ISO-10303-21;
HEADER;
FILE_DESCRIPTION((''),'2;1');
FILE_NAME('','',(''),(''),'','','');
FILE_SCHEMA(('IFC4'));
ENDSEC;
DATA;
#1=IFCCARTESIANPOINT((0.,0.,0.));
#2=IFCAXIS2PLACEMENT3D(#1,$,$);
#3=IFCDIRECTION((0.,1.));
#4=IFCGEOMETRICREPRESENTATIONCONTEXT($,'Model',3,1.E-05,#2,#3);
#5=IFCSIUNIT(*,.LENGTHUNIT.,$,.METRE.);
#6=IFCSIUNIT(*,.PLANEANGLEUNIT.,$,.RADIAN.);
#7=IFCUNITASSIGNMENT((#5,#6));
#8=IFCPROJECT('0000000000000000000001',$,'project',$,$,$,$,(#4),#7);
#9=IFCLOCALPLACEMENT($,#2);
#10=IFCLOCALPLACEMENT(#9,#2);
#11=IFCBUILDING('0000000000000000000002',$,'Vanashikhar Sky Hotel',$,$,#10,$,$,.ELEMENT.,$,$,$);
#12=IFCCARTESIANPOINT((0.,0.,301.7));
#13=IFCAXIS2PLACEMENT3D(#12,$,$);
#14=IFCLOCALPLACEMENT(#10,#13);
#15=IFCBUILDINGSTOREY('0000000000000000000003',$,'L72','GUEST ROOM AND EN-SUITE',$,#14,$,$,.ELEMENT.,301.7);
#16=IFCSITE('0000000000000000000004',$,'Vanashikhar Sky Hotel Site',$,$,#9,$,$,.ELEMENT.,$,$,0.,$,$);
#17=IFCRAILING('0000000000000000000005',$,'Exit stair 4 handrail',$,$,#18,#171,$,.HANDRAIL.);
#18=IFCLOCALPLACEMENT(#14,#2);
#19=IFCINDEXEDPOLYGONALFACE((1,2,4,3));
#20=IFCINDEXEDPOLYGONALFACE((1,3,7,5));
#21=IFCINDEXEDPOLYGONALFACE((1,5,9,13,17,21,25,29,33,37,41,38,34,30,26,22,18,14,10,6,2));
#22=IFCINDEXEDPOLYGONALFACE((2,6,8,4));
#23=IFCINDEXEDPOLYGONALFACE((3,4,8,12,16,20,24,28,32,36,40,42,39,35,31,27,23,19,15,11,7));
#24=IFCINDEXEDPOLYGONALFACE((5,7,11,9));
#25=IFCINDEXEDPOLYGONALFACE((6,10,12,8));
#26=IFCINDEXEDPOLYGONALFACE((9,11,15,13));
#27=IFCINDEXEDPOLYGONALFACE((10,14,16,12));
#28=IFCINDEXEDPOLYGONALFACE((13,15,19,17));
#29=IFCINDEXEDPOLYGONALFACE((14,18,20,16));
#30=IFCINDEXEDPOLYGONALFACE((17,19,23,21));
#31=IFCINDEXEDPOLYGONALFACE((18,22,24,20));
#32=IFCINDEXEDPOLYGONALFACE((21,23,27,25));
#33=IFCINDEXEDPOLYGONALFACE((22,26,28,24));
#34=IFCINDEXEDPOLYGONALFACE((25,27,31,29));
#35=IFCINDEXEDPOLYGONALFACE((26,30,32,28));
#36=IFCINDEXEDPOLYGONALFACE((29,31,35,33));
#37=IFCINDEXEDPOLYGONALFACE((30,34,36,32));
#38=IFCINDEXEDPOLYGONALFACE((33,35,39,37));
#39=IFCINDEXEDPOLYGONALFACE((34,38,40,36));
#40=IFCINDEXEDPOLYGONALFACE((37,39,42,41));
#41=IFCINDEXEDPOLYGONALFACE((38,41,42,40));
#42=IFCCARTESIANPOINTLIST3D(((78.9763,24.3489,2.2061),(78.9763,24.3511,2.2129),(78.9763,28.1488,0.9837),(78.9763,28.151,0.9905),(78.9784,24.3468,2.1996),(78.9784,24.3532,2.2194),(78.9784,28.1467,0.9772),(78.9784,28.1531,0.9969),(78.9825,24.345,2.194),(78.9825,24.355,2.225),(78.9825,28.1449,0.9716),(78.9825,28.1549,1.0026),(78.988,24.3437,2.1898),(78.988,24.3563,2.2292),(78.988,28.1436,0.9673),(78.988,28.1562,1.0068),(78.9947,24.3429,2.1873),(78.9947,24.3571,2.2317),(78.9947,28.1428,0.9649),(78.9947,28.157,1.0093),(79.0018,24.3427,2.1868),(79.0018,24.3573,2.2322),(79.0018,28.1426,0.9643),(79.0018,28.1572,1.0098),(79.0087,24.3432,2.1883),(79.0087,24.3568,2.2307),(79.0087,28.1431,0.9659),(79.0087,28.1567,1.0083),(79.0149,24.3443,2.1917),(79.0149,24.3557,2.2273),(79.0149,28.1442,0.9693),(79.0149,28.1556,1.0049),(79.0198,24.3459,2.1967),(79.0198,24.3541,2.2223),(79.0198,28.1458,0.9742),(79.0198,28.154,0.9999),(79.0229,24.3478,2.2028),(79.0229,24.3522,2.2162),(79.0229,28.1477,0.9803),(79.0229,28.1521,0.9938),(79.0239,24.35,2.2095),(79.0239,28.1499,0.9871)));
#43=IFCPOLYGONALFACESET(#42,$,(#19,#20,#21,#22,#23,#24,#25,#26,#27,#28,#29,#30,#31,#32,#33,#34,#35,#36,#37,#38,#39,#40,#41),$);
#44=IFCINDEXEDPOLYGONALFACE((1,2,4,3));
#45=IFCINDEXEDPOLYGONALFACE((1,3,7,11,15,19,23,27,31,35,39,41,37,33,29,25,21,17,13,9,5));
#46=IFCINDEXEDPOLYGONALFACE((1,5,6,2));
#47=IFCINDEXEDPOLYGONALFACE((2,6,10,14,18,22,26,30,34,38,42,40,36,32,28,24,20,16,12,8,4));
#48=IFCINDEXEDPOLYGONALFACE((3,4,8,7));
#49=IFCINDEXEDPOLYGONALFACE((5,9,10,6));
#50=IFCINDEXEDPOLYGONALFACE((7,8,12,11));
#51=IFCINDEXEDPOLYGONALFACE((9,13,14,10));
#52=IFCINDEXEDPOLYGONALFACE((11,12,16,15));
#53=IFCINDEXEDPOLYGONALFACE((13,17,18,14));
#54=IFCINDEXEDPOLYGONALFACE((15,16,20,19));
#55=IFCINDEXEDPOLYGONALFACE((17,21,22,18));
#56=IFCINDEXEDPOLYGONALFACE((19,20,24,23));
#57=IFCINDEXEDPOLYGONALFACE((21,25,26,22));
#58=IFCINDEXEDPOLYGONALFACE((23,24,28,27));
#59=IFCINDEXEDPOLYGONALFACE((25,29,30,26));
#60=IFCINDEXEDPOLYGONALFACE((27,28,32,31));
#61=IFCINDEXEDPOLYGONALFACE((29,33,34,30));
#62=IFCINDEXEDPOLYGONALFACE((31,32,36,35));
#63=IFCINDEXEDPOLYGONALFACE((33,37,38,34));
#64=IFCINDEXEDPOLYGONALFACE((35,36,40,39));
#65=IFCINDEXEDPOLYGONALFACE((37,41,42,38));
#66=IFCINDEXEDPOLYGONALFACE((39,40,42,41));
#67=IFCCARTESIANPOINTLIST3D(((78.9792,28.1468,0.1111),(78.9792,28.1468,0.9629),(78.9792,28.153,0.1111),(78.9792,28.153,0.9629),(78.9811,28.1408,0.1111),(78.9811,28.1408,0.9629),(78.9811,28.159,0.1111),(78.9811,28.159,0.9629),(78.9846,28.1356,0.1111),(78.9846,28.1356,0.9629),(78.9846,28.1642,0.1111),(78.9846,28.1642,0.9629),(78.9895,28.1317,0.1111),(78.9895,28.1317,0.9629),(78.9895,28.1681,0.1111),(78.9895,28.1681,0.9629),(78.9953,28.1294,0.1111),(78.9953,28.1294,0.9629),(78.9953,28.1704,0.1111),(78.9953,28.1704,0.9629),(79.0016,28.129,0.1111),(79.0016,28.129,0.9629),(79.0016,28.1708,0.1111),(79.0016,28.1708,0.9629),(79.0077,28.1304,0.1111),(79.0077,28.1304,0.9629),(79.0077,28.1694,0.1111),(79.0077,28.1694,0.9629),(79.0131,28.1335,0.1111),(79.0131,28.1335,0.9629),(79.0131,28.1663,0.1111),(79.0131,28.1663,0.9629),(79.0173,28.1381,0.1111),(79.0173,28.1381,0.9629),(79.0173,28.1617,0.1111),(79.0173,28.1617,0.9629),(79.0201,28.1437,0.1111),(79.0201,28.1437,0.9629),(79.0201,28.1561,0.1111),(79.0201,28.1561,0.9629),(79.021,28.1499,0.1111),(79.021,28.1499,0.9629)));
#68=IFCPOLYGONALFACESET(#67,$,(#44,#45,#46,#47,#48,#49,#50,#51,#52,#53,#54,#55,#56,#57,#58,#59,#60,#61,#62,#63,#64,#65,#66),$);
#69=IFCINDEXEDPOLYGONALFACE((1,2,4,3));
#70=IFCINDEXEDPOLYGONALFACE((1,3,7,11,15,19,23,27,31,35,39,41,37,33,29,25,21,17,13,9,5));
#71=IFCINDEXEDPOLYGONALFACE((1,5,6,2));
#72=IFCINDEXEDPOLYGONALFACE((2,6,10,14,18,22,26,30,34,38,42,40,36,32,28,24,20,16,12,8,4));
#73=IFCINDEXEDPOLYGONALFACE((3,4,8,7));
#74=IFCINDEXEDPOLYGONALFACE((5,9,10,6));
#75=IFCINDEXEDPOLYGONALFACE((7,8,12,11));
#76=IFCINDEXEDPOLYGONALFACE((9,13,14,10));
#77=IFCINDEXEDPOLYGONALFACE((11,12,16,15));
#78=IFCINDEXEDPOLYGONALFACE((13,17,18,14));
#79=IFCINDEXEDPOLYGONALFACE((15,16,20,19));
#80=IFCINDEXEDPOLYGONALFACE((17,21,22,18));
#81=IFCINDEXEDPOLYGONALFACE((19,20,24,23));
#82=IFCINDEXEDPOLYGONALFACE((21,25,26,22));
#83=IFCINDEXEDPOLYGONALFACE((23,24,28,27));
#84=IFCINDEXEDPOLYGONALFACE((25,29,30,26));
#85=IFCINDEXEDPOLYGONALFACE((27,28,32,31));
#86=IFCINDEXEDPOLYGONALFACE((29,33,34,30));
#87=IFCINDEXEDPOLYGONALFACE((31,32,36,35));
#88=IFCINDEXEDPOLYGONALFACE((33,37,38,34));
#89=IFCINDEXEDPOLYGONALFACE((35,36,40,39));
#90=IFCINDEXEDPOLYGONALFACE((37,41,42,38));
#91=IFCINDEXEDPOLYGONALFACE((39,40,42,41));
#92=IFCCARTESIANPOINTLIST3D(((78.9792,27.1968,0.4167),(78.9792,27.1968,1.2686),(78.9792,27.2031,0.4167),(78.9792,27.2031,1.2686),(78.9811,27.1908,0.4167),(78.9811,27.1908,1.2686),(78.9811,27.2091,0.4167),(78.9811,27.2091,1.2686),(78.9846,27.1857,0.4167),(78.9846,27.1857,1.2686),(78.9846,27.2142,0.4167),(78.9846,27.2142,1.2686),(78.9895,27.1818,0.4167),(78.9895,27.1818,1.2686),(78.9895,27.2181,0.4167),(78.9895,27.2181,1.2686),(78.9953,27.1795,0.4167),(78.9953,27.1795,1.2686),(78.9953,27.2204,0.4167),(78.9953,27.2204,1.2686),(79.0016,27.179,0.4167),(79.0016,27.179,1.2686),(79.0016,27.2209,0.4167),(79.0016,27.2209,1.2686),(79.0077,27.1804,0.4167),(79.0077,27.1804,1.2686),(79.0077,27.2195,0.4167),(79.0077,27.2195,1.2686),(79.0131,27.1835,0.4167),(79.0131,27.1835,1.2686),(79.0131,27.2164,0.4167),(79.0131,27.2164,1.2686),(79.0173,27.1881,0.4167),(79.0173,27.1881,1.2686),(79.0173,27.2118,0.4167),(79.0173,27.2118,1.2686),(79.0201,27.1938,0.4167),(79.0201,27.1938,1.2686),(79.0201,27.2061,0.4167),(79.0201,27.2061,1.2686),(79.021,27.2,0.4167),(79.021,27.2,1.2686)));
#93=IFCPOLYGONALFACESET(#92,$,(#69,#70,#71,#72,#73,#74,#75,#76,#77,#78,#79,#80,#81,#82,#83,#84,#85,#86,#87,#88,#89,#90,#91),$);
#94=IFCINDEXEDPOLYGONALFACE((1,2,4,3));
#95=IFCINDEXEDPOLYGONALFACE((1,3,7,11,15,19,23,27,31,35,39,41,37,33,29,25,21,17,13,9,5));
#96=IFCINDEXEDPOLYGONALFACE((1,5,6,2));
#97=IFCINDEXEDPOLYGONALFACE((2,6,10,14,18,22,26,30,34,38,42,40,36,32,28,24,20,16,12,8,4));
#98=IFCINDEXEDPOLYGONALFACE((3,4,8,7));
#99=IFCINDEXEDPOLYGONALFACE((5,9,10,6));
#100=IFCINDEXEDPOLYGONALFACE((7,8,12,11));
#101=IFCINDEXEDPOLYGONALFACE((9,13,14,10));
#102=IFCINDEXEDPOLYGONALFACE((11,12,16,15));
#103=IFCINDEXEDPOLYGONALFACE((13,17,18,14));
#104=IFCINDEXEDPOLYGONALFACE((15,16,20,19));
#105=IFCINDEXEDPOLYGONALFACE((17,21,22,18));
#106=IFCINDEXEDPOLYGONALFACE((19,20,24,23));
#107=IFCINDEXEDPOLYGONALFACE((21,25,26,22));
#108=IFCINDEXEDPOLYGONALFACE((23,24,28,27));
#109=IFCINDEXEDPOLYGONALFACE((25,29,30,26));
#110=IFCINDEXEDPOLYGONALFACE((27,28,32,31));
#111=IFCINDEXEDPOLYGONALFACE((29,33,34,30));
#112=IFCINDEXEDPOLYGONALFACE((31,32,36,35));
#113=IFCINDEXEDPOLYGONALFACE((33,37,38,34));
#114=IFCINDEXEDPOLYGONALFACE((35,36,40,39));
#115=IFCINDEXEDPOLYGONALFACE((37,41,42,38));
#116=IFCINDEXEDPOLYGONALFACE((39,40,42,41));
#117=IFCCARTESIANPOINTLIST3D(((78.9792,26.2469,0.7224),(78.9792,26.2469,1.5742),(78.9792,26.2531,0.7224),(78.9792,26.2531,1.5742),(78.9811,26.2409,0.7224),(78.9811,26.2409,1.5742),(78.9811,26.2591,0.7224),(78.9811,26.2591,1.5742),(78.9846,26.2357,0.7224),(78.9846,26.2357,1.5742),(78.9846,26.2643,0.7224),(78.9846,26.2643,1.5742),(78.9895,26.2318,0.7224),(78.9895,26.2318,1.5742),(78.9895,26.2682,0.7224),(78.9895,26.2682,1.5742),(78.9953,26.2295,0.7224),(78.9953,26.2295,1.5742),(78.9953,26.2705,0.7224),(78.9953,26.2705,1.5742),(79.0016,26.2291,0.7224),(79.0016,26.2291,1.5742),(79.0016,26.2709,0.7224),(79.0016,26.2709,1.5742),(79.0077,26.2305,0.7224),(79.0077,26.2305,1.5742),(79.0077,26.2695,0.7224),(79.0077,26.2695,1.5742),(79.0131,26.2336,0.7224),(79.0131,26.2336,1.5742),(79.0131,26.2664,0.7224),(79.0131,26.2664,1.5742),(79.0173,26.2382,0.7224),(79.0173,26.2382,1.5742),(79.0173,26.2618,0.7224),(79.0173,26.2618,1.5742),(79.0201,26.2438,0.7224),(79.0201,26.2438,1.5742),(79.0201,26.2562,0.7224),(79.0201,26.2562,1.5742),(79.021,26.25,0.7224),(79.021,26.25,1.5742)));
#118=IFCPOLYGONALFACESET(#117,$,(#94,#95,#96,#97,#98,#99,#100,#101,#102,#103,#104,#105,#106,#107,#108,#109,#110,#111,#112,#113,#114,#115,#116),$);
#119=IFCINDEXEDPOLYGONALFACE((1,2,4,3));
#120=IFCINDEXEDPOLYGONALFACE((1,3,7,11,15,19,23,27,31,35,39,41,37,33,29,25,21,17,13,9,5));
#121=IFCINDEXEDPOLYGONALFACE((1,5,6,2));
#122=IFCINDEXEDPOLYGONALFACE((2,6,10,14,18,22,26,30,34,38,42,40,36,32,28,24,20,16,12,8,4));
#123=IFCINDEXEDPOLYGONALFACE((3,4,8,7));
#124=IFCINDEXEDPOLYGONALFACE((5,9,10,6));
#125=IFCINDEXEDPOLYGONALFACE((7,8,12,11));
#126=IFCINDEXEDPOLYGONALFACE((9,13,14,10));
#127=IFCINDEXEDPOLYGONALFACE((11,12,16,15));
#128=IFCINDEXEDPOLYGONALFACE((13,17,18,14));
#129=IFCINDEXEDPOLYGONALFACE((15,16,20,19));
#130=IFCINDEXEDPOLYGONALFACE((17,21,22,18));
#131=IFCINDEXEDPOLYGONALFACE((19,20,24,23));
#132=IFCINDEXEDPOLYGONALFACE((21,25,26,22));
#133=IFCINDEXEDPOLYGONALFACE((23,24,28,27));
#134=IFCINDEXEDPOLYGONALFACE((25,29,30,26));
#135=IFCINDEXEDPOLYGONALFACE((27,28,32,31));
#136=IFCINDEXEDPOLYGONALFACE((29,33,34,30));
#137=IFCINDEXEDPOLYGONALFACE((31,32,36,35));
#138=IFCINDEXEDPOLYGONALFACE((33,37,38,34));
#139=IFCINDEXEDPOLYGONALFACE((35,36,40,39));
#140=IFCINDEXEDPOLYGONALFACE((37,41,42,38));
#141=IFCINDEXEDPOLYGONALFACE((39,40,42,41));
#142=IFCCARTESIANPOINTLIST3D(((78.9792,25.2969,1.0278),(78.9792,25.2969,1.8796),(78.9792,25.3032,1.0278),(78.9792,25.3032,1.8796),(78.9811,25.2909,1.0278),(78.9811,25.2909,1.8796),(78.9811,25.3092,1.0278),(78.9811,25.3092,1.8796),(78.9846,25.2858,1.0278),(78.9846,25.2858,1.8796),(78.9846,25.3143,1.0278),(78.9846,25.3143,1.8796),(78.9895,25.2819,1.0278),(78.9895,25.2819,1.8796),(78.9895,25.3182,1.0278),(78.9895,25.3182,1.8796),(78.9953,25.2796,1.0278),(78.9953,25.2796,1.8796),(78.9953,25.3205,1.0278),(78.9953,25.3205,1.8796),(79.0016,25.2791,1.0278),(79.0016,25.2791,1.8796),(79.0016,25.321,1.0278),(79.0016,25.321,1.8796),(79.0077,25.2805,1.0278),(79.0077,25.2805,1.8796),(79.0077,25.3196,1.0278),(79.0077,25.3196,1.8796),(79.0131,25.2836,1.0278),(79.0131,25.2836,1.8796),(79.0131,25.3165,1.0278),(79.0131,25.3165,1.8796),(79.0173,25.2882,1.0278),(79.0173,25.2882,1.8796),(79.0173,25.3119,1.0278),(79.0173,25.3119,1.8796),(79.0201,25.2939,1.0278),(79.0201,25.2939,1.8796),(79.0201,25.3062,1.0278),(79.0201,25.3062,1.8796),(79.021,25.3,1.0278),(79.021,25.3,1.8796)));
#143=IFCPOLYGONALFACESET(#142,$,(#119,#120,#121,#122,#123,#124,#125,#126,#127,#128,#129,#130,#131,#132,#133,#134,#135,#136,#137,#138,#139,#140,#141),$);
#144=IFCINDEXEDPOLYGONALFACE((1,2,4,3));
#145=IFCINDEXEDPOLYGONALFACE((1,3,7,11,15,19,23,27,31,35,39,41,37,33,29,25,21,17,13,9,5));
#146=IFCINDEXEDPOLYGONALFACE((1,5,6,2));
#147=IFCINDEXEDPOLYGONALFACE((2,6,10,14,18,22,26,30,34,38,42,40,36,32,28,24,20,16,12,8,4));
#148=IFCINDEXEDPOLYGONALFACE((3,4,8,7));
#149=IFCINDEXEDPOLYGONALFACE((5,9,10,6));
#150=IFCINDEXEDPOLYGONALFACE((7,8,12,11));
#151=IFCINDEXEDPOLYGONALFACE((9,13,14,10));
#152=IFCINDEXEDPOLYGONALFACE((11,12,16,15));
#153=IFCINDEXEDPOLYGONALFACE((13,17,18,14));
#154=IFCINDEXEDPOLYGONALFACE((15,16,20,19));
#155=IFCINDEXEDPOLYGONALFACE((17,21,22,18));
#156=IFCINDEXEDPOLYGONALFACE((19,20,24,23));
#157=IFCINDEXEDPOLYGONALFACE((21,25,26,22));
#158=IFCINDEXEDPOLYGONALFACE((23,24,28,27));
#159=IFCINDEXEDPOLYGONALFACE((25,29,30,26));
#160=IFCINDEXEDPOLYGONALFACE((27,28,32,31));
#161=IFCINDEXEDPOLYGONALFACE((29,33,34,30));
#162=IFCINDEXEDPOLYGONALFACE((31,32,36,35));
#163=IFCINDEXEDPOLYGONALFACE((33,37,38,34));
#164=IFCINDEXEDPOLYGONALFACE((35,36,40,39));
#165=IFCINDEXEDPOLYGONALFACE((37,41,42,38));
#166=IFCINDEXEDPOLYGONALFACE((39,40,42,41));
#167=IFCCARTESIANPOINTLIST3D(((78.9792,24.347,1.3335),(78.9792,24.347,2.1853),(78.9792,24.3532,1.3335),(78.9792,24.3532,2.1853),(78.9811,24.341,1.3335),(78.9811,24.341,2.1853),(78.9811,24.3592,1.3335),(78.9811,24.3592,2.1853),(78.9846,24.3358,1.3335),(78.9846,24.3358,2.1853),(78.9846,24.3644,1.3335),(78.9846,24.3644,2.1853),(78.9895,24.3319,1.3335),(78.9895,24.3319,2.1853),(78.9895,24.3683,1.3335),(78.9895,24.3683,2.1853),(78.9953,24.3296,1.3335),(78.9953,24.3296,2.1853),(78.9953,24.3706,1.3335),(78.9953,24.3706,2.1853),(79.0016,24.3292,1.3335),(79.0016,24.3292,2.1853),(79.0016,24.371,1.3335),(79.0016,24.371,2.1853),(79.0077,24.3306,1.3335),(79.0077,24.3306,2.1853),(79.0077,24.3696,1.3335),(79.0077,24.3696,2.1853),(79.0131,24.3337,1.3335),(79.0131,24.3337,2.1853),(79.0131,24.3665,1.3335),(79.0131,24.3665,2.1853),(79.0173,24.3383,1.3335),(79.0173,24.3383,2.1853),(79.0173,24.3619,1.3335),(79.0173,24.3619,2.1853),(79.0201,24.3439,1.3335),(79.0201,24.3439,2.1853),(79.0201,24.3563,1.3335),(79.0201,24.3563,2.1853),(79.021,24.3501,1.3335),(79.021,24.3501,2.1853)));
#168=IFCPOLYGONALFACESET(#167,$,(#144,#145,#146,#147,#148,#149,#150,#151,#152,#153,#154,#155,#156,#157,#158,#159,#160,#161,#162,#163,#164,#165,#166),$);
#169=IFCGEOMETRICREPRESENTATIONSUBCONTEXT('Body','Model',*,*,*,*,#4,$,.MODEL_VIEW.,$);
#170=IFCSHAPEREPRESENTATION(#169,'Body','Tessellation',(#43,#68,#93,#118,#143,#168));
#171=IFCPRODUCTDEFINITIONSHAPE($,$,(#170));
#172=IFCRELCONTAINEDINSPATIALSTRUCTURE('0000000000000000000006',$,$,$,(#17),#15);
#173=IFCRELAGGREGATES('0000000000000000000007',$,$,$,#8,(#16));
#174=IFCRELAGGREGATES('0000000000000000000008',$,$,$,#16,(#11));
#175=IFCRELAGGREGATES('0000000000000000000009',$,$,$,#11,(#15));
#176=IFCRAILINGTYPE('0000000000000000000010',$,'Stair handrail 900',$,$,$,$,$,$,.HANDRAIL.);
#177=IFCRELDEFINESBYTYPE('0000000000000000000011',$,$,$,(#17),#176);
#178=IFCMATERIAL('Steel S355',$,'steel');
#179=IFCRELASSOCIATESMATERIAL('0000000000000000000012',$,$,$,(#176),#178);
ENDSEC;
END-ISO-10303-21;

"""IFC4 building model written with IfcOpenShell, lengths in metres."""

from ifc_helpers import new_model, si_unit, direction, frame, origin, origin_2d, place, context, subcontext, project, spatial, circle, extrude, source, transform, mapped, material, type_object, element, save


model = new_model("IFC4")

# Units and contexts
model_context = context("Model", 3, precision=1e-05, world=origin(), true_north=direction((0.0, 1.0)))
body_context = subcontext(model_context, "Body", "Model", "MODEL_VIEW")
ifc_project = project(units=[si_unit("LENGTHUNIT", "METRE"), si_unit("PLANEANGLEUNIT", "RADIAN")], contexts=[model_context])

# Site, building, storey
site_placement = place(None, origin())
site = spatial("IfcSite", under=ifc_project, at=site_placement, Name="Vanashikhar Sky Hotel Site", CompositionType="ELEMENT", RefElevation=0.0)
building_placement = place(site_placement, origin())
building = spatial("IfcBuilding", under=site, at=building_placement, Name="Vanashikhar Sky Hotel", CompositionType="ELEMENT")
storey_placement = place(building_placement, frame((0.0, 0.0, 301.7)))
storey = spatial("IfcBuildingStorey", under=building, at=storey_placement, Name="L72", Description="GUEST ROOM AND EN-SUITE", CompositionType="ELEMENT", Elevation=301.7)

# Railing
ifc_material_1 = material(Name="Steel S355", Category="steel")
railing_type = type_object("IfcRailingType", Name="Stair handrail 900", PredefinedType="HANDRAIL", material=ifc_material_1)
shared_shape_1 = source(origin(), body_context, "Body", "SweptSolid", [
    extrude(circle(Radius=0.0239, at=origin_2d()), frame((0.0, 0.0, 0.876), z_axis=(0.0, -0.951952, 0.306247), x_axis=(1.0, 0.0, 0.0)), (0.0, 0.0, 1.0), 3.9917),
    extrude(circle(Radius=0.021, at=origin_2d()), origin(), (0.0, 0.0, 1.0), 0.8518),
    extrude(circle(Radius=0.021, at=origin_2d()), frame((0.0, -0.95, 0.3057)), (0.0, 0.0, 1.0), 0.8518),
    extrude(circle(Radius=0.021, at=origin_2d()), frame((0.0, -1.8999, 0.6113)), (0.0, 0.0, 1.0), 0.8518),
    extrude(circle(Radius=0.021, at=origin_2d()), frame((0.0, -2.8499, 0.9167)), (0.0, 0.0, 1.0), 0.8518),
    extrude(circle(Radius=0.021, at=origin_2d()), frame((0.0, -3.7998, 1.2224)), (0.0, 0.0, 1.0), 0.8518),
])
railing_1_placement = place(storey_placement, frame((79.0, 28.1499, 0.1111)))
element("IfcRailing", 1, at=railing_1_placement, inside=storey, type_object=railing_type, Name="Exit stair 4 handrail", PredefinedType="HANDRAIL", context=body_context, shape_type="MappedRepresentation", body=[
    mapped(shared_shape_1, transform((0.0, 0.0, 0.0), scale=1.0)),
])

save(model, "model.ifc")
